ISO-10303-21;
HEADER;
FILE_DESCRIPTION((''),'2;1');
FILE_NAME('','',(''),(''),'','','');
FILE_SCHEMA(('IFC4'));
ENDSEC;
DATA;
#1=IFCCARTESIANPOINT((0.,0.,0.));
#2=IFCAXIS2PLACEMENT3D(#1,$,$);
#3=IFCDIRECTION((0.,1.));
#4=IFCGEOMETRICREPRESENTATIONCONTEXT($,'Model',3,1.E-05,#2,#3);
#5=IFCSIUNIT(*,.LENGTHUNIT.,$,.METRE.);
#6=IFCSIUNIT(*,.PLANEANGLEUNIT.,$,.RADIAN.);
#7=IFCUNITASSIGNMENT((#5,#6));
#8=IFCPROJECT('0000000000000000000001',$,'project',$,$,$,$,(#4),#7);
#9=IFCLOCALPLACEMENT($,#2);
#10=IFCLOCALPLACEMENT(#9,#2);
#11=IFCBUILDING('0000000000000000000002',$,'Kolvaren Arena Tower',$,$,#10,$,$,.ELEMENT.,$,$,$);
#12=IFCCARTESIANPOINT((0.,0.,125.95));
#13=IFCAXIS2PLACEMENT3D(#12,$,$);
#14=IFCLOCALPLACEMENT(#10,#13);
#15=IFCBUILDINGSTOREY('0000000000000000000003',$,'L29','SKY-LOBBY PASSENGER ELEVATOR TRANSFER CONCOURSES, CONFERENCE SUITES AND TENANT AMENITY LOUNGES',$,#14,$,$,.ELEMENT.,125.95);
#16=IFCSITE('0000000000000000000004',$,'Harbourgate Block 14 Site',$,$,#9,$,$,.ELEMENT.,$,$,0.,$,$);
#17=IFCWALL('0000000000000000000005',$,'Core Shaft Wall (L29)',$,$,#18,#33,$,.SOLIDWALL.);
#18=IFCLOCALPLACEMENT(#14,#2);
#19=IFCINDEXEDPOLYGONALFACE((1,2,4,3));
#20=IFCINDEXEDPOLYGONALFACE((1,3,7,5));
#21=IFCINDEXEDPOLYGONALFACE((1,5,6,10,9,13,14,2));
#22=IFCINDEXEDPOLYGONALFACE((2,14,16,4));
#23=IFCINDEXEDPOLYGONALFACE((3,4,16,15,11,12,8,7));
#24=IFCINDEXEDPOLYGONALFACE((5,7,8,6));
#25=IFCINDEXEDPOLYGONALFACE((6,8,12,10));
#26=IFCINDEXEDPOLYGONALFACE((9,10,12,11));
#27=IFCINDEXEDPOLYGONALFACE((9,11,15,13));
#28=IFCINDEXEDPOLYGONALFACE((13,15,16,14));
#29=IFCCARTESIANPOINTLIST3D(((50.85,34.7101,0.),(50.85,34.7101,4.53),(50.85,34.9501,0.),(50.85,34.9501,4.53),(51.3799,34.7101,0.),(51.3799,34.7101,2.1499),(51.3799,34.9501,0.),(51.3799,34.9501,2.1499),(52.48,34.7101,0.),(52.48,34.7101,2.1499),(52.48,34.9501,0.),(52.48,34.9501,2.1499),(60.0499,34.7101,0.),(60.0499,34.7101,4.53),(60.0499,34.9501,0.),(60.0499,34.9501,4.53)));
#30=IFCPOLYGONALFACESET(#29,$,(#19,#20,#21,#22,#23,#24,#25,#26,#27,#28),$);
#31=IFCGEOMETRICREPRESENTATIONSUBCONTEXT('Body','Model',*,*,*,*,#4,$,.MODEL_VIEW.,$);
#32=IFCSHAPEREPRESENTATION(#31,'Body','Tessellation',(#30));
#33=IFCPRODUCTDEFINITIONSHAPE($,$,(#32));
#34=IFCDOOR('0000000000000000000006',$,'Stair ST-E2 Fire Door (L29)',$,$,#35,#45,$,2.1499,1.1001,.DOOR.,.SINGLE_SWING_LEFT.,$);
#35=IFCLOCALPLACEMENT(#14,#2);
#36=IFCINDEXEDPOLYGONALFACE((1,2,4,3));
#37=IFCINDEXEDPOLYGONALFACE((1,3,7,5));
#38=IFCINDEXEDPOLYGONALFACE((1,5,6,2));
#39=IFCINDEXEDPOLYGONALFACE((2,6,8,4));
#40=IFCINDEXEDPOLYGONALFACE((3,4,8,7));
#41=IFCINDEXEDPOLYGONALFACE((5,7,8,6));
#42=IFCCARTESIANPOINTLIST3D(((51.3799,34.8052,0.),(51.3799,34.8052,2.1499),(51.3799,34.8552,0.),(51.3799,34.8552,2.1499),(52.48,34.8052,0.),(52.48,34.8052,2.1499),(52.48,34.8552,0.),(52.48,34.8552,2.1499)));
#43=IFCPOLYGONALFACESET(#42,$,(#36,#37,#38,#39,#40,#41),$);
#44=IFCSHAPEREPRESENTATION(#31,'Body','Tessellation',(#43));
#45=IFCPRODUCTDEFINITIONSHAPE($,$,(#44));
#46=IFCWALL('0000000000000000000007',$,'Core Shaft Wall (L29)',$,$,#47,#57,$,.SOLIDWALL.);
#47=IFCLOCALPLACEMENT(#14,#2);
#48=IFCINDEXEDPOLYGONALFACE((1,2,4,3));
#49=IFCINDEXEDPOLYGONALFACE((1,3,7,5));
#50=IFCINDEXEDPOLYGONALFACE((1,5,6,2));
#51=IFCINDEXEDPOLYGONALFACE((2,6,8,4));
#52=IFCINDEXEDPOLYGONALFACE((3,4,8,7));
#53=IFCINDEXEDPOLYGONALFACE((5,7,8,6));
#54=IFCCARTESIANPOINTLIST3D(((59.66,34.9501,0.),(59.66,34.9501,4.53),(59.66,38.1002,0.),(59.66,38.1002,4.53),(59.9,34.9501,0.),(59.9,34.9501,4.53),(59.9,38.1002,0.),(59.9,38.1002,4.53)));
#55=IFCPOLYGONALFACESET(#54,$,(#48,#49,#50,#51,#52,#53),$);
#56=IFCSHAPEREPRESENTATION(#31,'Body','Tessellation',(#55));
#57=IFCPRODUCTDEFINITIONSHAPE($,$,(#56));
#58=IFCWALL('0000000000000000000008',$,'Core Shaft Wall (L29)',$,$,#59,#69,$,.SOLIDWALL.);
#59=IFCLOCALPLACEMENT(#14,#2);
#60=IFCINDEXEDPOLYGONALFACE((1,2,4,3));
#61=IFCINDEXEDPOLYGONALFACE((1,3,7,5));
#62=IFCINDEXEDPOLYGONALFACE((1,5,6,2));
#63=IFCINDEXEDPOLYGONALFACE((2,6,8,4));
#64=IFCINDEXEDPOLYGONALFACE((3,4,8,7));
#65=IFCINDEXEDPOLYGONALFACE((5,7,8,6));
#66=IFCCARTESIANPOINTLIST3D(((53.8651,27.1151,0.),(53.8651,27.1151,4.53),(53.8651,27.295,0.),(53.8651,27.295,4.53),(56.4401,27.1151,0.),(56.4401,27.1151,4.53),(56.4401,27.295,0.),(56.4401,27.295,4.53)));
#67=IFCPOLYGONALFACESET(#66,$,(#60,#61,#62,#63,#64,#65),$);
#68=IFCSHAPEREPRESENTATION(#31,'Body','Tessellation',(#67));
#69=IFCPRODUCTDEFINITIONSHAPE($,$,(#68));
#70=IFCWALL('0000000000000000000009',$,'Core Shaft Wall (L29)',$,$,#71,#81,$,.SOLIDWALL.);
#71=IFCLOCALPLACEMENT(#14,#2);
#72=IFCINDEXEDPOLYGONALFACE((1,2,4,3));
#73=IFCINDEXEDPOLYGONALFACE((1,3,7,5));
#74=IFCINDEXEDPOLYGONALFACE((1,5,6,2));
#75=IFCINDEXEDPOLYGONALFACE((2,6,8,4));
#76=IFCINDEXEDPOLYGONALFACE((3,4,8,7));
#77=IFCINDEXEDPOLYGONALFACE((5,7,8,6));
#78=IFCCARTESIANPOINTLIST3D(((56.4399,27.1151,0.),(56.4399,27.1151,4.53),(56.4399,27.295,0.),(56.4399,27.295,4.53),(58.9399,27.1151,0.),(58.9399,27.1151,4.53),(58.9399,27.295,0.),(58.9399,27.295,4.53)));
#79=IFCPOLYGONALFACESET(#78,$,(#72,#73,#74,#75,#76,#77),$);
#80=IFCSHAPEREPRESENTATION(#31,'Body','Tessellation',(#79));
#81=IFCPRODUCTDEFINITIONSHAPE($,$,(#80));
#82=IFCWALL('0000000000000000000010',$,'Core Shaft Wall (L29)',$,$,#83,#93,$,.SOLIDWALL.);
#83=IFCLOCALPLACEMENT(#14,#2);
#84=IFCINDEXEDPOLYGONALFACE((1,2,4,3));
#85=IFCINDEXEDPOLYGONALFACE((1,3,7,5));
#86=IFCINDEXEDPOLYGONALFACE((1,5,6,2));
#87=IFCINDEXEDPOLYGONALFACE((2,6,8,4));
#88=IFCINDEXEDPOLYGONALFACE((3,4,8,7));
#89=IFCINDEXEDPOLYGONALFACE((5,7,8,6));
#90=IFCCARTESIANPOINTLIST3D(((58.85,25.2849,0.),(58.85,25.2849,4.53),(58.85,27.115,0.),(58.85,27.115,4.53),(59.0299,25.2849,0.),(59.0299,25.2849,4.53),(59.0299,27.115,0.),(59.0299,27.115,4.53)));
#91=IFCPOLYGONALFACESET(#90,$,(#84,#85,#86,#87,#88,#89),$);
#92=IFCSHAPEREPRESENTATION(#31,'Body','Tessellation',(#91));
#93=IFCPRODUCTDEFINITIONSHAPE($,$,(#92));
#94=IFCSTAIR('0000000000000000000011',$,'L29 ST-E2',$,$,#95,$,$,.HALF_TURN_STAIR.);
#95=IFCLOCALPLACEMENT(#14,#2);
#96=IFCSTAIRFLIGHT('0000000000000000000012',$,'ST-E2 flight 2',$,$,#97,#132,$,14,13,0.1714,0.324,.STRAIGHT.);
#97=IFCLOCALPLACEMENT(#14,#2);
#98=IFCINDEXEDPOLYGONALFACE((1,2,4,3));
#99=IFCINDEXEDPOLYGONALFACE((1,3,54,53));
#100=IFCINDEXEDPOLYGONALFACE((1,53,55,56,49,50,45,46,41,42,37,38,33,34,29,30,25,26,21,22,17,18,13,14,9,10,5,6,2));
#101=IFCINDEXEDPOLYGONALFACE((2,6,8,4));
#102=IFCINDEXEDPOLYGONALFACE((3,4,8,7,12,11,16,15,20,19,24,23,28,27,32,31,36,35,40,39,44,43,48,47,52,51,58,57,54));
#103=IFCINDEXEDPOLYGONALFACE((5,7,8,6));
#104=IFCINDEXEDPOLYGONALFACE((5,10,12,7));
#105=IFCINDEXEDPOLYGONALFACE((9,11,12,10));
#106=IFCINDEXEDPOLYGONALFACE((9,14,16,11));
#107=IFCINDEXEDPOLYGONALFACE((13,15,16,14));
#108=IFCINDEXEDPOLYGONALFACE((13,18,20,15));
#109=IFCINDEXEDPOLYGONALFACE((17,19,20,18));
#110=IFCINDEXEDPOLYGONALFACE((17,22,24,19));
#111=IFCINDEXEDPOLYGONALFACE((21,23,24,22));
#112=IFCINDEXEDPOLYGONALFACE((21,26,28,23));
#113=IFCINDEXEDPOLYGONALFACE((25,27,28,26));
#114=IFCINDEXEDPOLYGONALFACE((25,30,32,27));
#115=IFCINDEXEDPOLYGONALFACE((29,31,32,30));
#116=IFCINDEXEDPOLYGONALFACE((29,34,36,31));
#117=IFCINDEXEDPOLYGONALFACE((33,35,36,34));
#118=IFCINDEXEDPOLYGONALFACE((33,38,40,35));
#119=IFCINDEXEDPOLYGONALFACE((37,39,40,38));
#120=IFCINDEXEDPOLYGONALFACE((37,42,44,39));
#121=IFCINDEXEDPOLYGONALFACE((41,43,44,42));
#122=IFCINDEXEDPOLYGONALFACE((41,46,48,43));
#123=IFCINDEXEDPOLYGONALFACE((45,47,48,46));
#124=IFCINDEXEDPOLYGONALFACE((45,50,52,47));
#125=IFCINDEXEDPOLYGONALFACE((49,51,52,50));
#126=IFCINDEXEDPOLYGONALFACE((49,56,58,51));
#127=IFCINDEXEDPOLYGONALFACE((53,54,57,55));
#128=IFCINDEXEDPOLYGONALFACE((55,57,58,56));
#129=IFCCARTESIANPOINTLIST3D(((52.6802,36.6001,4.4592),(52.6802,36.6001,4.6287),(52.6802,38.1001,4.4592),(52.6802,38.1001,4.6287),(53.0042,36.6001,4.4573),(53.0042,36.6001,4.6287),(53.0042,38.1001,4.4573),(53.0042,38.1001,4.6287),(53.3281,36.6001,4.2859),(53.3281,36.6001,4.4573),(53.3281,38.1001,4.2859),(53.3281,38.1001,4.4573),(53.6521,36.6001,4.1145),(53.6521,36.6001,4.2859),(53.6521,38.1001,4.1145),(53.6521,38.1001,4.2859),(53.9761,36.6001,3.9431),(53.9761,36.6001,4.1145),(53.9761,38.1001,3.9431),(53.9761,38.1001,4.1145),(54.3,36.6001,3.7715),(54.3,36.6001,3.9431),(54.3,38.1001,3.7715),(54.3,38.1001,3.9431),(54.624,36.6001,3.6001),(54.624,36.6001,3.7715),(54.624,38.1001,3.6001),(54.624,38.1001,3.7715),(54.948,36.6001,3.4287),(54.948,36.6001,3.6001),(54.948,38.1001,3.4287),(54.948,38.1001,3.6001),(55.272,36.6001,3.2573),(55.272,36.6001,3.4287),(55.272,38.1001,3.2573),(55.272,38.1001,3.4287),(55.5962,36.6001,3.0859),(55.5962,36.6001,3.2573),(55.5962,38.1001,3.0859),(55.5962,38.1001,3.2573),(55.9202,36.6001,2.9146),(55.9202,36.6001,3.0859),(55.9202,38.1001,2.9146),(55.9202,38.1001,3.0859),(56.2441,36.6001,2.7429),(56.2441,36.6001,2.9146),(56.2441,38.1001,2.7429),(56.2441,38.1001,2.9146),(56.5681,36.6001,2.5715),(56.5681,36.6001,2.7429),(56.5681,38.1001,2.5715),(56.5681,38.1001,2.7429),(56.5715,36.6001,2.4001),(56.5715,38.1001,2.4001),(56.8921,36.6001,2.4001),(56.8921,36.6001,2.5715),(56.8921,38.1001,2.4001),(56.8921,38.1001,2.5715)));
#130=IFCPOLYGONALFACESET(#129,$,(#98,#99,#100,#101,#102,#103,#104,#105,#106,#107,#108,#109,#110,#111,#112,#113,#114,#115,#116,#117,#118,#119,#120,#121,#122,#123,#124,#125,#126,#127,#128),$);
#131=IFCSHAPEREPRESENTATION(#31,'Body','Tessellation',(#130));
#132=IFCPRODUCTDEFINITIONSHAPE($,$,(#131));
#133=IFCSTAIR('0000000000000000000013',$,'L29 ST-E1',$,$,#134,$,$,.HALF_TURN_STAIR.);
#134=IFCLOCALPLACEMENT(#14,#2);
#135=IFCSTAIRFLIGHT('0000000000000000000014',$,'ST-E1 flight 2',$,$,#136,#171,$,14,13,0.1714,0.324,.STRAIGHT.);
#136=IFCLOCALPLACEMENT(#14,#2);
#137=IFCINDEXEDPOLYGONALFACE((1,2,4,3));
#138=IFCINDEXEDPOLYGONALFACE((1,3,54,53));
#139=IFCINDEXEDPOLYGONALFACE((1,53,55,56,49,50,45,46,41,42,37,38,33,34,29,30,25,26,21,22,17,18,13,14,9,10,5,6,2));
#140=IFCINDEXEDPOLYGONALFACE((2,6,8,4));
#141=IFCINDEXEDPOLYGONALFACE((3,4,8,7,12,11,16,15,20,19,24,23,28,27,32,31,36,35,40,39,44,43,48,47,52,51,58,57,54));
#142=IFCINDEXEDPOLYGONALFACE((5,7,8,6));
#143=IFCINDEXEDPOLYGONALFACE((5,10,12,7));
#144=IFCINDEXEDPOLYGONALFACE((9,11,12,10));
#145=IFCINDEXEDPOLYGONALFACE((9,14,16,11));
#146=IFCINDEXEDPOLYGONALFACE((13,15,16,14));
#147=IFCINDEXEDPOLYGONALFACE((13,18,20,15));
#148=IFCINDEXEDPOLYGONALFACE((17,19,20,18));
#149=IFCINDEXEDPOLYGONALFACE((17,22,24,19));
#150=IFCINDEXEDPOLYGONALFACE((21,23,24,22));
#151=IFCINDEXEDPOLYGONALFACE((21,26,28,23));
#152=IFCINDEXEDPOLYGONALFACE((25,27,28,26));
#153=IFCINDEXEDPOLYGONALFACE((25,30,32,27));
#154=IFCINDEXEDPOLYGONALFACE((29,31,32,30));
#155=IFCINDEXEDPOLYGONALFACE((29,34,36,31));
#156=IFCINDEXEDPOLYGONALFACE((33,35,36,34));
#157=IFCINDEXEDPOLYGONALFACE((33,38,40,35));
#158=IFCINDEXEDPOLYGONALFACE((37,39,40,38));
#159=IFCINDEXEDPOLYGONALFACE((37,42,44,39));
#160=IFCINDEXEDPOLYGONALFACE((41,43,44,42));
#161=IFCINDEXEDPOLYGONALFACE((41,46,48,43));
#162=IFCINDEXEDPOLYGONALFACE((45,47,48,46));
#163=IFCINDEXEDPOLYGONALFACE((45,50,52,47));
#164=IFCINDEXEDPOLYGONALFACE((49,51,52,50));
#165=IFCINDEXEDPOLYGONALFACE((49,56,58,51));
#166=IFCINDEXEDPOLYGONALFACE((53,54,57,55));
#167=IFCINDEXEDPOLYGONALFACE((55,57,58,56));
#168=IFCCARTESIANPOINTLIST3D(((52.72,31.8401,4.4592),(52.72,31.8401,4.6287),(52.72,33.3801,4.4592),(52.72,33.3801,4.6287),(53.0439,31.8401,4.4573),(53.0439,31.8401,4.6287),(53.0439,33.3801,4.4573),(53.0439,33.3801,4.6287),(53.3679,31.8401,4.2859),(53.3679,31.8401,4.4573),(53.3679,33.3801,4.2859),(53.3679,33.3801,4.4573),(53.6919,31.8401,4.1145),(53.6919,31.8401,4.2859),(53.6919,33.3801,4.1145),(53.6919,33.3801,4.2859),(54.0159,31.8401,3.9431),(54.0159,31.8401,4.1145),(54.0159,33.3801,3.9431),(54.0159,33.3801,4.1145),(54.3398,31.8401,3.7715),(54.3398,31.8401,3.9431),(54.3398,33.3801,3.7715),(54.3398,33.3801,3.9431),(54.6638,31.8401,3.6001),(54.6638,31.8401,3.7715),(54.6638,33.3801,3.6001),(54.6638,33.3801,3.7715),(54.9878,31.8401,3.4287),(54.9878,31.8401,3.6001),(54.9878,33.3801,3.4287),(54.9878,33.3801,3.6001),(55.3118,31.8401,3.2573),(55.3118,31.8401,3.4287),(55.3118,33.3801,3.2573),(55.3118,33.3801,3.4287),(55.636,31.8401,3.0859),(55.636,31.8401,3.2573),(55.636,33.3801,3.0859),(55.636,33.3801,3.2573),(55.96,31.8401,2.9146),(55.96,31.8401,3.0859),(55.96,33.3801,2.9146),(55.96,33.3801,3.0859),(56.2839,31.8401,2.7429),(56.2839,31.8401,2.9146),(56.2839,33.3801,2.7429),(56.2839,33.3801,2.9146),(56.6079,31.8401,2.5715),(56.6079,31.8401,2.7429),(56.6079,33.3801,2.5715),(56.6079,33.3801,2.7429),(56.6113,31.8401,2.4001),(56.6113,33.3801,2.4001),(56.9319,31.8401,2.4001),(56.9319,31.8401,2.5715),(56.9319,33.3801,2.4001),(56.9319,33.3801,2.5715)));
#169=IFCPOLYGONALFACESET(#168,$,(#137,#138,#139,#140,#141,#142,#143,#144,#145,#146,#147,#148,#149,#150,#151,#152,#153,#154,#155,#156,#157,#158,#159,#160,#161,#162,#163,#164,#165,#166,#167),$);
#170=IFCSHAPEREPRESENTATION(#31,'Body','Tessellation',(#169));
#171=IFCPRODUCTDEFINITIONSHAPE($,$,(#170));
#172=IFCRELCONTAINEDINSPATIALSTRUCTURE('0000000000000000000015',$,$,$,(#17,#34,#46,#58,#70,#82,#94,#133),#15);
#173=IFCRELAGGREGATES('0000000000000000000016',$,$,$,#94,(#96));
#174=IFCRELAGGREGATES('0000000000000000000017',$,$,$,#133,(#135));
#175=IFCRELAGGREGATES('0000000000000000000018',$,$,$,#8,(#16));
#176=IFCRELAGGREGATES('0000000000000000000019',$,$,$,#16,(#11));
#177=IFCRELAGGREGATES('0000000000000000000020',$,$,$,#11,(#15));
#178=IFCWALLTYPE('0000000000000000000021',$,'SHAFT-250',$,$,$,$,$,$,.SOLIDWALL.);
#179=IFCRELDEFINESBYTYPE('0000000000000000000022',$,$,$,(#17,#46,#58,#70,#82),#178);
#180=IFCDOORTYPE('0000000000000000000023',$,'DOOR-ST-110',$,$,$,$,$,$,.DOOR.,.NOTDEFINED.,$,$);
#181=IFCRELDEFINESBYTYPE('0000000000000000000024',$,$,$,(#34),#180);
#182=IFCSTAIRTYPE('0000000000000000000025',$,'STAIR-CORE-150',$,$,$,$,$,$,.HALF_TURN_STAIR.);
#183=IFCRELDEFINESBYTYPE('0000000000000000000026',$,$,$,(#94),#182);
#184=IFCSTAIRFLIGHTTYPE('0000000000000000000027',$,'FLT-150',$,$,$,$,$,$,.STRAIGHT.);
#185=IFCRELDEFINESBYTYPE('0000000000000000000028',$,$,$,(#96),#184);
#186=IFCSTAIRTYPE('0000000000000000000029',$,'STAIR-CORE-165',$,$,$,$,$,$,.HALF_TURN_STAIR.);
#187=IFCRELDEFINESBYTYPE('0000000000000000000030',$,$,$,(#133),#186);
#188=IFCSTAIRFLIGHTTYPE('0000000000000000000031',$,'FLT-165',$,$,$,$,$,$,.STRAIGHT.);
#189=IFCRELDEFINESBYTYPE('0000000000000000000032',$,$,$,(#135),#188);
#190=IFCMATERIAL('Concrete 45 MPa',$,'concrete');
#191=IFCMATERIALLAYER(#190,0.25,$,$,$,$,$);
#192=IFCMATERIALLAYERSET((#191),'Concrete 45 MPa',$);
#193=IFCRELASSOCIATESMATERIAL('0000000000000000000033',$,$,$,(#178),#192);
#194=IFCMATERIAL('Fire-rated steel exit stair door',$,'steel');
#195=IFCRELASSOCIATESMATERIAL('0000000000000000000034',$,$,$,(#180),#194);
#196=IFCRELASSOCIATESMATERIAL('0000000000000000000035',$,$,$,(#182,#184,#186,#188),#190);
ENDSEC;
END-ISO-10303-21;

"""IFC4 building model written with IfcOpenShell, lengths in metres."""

from ifc_helpers import new_model, si_unit, direction, frame, frame_2d, origin, place, context, subcontext, project, spatial, polyline, rectangle, outline, extrude, material, layer, layer_set, type_object, element, fill, aggregate, save


model = new_model("IFC4")

# Units and contexts
model_context = context("Model", 3, precision=1e-05, world=origin(), true_north=direction((0.0, 1.0)))
body_context = subcontext(model_context, "Body", "Model", "MODEL_VIEW")
ifc_project = project(units=[si_unit("LENGTHUNIT", "METRE"), si_unit("PLANEANGLEUNIT", "RADIAN")], contexts=[model_context])

# Site, building, storey
site_placement = place(None, origin())
site = spatial("IfcSite", under=ifc_project, at=site_placement, Name="Harbourgate Block 14 Site", CompositionType="ELEMENT", RefElevation=0.0)
building_placement = place(site_placement, origin())
building = spatial("IfcBuilding", under=site, at=building_placement, Name="Kolvaren Arena Tower", CompositionType="ELEMENT")
storey_placement = place(building_placement, frame((0.0, 0.0, 125.95)))
storey = spatial("IfcBuildingStorey", under=building, at=storey_placement, Name="L29", Description="SKY-LOBBY PASSENGER ELEVATOR TRANSFER CONCOURSES, CONFERENCE SUITES AND TENANT AMENITY LOUNGES", CompositionType="ELEMENT", Elevation=125.95)

# Shared definitions
ifc_material_1 = material(Name="Concrete 45 MPa", Category="concrete")
ifc_layer = layer(ifc_material_1, 0.25)
ifc_layer_set = layer_set([ifc_layer], Name="Concrete 45 MPa")
wall_type = type_object("IfcWallType", Name="SHAFT-250", PredefinedType="SOLIDWALL", material=ifc_layer_set)
ifc_material_2 = material(Name="Fire-rated steel exit stair door", Category="steel")
door_type = type_object("IfcDoorType", Name="DOOR-ST-110", OperationType="NOTDEFINED", PredefinedType="DOOR", material=ifc_material_2)

# Wall, opening, door
wall_1_placement = place(storey_placement, frame((60.05, 34.8301, 0.0), z_axis=(0.0, 0.0, 1.0), x_axis=(-1.0, 0.0, 0.0)))
wall_1 = element("IfcWall", 1, at=wall_1_placement, inside=storey, type_object=wall_type, Name="Core Shaft Wall (L29)", PredefinedType="SOLIDWALL", context=body_context, shape_type="SweptSolid", body=[
    extrude(rectangle(XDim=9.2, YDim=0.24, at=frame_2d((4.6001, 0.0))), origin(), (0.0, 0.0, 1.0), 4.53),
])
opening_1_placement = place(wall_1_placement, frame((7.5701, 0.0, 0.0)))
opening_1 = element("IfcOpeningElement", 2, at=opening_1_placement, cuts=wall_1, PredefinedType="OPENING", context=body_context, shape_type="SweptSolid", body=[
    extrude(rectangle(XDim=1.1001, YDim=2.1499, at=frame_2d((0.55, 1.075))), frame((0.0, 0.1299, 0.0), z_axis=(0.0, -1.0, 0.0), x_axis=(1.0, 0.0, 0.0)), (0.0, 0.0, 1.0), 0.26),
])
door_1_placement = place(opening_1_placement, origin())
door_1 = element("IfcDoor", 3, at=door_1_placement, inside=storey, type_object=door_type, Name="Stair ST-E2 Fire Door (L29)", OperationType="SINGLE_SWING_LEFT", OverallHeight=2.1499, OverallWidth=1.1001, PredefinedType="DOOR", context=body_context, shape_type="SweptSolid", body=[
    extrude(rectangle(XDim=1.1001, YDim=2.1499, at=frame_2d((0.55, 1.075))), frame((0.0, 0.0249, 0.0), z_axis=(0.0, -1.0, 0.0), x_axis=(1.0, 0.0, 0.0)), (0.0, 0.0, 1.0), 0.05),
])
fill(opening_1, door_1)

# Walls
wall_2_placement = place(storey_placement, frame((59.78, 34.95, 0.0), z_axis=(0.0, 0.0, 1.0), x_axis=(0.0, 1.0, 0.0)))
element("IfcWall", 4, at=wall_2_placement, inside=storey, type_object=wall_type, Name="Core Shaft Wall (L29)", PredefinedType="SOLIDWALL", context=body_context, shape_type="SweptSolid", body=[
    extrude(rectangle(XDim=3.1501, YDim=0.24, at=frame_2d((1.5752, 0.0))), origin(), (0.0, 0.0, 1.0), 4.53),
])
wall_3_placement = place(storey_placement, frame((53.865, 27.2051, 0.0), z_axis=(0.0, 0.0, 1.0), x_axis=(1.0, 0.0, 0.0)))
element("IfcWall", 5, at=wall_3_placement, inside=storey, type_object=wall_type, Name="Core Shaft Wall (L29)", PredefinedType="SOLIDWALL", context=body_context, shape_type="SweptSolid", body=[
    extrude(rectangle(XDim=2.575, YDim=0.1799, at=frame_2d((1.2876, 0.0))), origin(), (0.0, 0.0, 1.0), 4.53),
])
wall_4_placement = place(storey_placement, frame((56.4399, 27.2051, 0.0), z_axis=(0.0, 0.0, 1.0), x_axis=(1.0, 0.0, 0.0)))
element("IfcWall", 6, at=wall_4_placement, inside=storey, type_object=wall_type, Name="Core Shaft Wall (L29)", PredefinedType="SOLIDWALL", context=body_context, shape_type="SweptSolid", body=[
    extrude(rectangle(XDim=2.5, YDim=0.1799, at=frame_2d((1.25, 0.0))), origin(), (0.0, 0.0, 1.0), 4.53),
])
wall_5_placement = place(storey_placement, frame((58.9399, 25.2849, 0.0), z_axis=(0.0, 0.0, 1.0), x_axis=(0.0, 1.0, 0.0)))
element("IfcWall", 7, at=wall_5_placement, inside=storey, type_object=wall_type, Name="Core Shaft Wall (L29)", PredefinedType="SOLIDWALL", context=body_context, shape_type="SweptSolid", body=[
    extrude(rectangle(XDim=1.8301, YDim=0.1799, at=frame_2d((0.915, 0.0))), origin(), (0.0, 0.0, 1.0), 4.53),
])

# Stairs, stair flights
stair_type_1 = type_object("IfcStairType", Name="STAIR-CORE-150", PredefinedType="HALF_TURN_STAIR", material=ifc_material_1)
stair_1_placement = place(storey_placement, origin())
stair_1 = element("IfcStair", 8, at=stair_1_placement, inside=storey, type_object=stair_type_1, Name="L29 ST-E2", PredefinedType="HALF_TURN_STAIR")
stair_flight_type_1 = type_object("IfcStairFlightType", Name="FLT-150", PredefinedType="STRAIGHT", material=ifc_material_1)
stair_flight_1_placement = place(storey_placement, frame((56.8921, 37.3501, 2.4001), z_axis=(0.0, 0.0, 1.0), x_axis=(-1.0, 0.0, 0.0)))
stair_flight_1 = element("IfcStairFlight", 9, at=stair_flight_1_placement, type_object=stair_flight_type_1, Name="ST-E2 flight 2", NumberOfRisers=14, NumberOfTreads=13, PredefinedType="STRAIGHT", RiserHeight=0.1714, TreadLength=0.324, context=body_context, shape_type="SweptSolid", body=[
    extrude(outline(polyline([(0.0, 0.0), (0.0, 0.1714), (0.324, 0.1714), (0.324, 0.3428), (0.6479, 0.3428), (0.6479, 0.5144), (0.9719, 0.5144), (0.9719, 0.6858), (1.2959, 0.6858), (1.2959, 0.8572), (1.6201, 0.8572), (1.6201, 1.0286), (1.9441, 1.0286), (1.9441, 1.2), (2.2681, 1.2), (2.2681, 1.3713), (2.592, 1.3713), (2.592, 1.543), (2.916, 1.543), (2.916, 1.7144), (3.24, 1.7144), (3.24, 1.8857), (3.564, 1.8857), (3.564, 2.0571), (3.8879, 2.0571), (3.8879, 2.2285), (4.2119, 2.2285), (4.2119, 2.3999), (4.2119, 2.0591), (0.3206, 0.0), (0.0, 0.0)])), frame((0.0, 0.75, 0.0), z_axis=(0.0, -1.0, 0.0), x_axis=(1.0, 0.0, 0.0)), (0.0, 0.0, 1.0), 1.5),
])
aggregate(stair_1, [stair_flight_1])
stair_type_2 = type_object("IfcStairType", Name="STAIR-CORE-165", PredefinedType="HALF_TURN_STAIR", material=ifc_material_1)
stair_2_placement = place(storey_placement, origin())
stair_2 = element("IfcStair", 10, at=stair_2_placement, inside=storey, type_object=stair_type_2, Name="L29 ST-E1", PredefinedType="HALF_TURN_STAIR")
stair_flight_type_2 = type_object("IfcStairFlightType", Name="FLT-165", PredefinedType="STRAIGHT", material=ifc_material_1)
stair_flight_2_placement = place(storey_placement, frame((56.9319, 32.6101, 2.4001), z_axis=(0.0, 0.0, 1.0), x_axis=(-1.0, 0.0, 0.0)))
stair_flight_2 = element("IfcStairFlight", 11, at=stair_flight_2_placement, type_object=stair_flight_type_2, Name="ST-E1 flight 2", NumberOfRisers=14, NumberOfTreads=13, PredefinedType="STRAIGHT", RiserHeight=0.1714, TreadLength=0.324, context=body_context, shape_type="SweptSolid", body=[
    extrude(outline(polyline([(0.0, 0.0), (0.0, 0.1714), (0.324, 0.1714), (0.324, 0.3428), (0.6479, 0.3428), (0.6479, 0.5144), (0.9719, 0.5144), (0.9719, 0.6858), (1.2959, 0.6858), (1.2959, 0.8572), (1.6201, 0.8572), (1.6201, 1.0286), (1.9441, 1.0286), (1.9441, 1.2), (2.2681, 1.2), (2.2681, 1.3713), (2.592, 1.3713), (2.592, 1.543), (2.916, 1.543), (2.916, 1.7144), (3.24, 1.7144), (3.24, 1.8857), (3.564, 1.8857), (3.564, 2.0571), (3.8879, 2.0571), (3.8879, 2.2285), (4.2119, 2.2285), (4.2119, 2.3999), (4.2119, 2.0591), (0.3206, 0.0), (0.0, 0.0)])), frame((0.0, 0.77, 0.0), z_axis=(0.0, -1.0, 0.0), x_axis=(1.0, 0.0, 0.0)), (0.0, 0.0, 1.0), 1.54),
])
aggregate(stair_2, [stair_flight_2])

save(model, "model.ifc")
